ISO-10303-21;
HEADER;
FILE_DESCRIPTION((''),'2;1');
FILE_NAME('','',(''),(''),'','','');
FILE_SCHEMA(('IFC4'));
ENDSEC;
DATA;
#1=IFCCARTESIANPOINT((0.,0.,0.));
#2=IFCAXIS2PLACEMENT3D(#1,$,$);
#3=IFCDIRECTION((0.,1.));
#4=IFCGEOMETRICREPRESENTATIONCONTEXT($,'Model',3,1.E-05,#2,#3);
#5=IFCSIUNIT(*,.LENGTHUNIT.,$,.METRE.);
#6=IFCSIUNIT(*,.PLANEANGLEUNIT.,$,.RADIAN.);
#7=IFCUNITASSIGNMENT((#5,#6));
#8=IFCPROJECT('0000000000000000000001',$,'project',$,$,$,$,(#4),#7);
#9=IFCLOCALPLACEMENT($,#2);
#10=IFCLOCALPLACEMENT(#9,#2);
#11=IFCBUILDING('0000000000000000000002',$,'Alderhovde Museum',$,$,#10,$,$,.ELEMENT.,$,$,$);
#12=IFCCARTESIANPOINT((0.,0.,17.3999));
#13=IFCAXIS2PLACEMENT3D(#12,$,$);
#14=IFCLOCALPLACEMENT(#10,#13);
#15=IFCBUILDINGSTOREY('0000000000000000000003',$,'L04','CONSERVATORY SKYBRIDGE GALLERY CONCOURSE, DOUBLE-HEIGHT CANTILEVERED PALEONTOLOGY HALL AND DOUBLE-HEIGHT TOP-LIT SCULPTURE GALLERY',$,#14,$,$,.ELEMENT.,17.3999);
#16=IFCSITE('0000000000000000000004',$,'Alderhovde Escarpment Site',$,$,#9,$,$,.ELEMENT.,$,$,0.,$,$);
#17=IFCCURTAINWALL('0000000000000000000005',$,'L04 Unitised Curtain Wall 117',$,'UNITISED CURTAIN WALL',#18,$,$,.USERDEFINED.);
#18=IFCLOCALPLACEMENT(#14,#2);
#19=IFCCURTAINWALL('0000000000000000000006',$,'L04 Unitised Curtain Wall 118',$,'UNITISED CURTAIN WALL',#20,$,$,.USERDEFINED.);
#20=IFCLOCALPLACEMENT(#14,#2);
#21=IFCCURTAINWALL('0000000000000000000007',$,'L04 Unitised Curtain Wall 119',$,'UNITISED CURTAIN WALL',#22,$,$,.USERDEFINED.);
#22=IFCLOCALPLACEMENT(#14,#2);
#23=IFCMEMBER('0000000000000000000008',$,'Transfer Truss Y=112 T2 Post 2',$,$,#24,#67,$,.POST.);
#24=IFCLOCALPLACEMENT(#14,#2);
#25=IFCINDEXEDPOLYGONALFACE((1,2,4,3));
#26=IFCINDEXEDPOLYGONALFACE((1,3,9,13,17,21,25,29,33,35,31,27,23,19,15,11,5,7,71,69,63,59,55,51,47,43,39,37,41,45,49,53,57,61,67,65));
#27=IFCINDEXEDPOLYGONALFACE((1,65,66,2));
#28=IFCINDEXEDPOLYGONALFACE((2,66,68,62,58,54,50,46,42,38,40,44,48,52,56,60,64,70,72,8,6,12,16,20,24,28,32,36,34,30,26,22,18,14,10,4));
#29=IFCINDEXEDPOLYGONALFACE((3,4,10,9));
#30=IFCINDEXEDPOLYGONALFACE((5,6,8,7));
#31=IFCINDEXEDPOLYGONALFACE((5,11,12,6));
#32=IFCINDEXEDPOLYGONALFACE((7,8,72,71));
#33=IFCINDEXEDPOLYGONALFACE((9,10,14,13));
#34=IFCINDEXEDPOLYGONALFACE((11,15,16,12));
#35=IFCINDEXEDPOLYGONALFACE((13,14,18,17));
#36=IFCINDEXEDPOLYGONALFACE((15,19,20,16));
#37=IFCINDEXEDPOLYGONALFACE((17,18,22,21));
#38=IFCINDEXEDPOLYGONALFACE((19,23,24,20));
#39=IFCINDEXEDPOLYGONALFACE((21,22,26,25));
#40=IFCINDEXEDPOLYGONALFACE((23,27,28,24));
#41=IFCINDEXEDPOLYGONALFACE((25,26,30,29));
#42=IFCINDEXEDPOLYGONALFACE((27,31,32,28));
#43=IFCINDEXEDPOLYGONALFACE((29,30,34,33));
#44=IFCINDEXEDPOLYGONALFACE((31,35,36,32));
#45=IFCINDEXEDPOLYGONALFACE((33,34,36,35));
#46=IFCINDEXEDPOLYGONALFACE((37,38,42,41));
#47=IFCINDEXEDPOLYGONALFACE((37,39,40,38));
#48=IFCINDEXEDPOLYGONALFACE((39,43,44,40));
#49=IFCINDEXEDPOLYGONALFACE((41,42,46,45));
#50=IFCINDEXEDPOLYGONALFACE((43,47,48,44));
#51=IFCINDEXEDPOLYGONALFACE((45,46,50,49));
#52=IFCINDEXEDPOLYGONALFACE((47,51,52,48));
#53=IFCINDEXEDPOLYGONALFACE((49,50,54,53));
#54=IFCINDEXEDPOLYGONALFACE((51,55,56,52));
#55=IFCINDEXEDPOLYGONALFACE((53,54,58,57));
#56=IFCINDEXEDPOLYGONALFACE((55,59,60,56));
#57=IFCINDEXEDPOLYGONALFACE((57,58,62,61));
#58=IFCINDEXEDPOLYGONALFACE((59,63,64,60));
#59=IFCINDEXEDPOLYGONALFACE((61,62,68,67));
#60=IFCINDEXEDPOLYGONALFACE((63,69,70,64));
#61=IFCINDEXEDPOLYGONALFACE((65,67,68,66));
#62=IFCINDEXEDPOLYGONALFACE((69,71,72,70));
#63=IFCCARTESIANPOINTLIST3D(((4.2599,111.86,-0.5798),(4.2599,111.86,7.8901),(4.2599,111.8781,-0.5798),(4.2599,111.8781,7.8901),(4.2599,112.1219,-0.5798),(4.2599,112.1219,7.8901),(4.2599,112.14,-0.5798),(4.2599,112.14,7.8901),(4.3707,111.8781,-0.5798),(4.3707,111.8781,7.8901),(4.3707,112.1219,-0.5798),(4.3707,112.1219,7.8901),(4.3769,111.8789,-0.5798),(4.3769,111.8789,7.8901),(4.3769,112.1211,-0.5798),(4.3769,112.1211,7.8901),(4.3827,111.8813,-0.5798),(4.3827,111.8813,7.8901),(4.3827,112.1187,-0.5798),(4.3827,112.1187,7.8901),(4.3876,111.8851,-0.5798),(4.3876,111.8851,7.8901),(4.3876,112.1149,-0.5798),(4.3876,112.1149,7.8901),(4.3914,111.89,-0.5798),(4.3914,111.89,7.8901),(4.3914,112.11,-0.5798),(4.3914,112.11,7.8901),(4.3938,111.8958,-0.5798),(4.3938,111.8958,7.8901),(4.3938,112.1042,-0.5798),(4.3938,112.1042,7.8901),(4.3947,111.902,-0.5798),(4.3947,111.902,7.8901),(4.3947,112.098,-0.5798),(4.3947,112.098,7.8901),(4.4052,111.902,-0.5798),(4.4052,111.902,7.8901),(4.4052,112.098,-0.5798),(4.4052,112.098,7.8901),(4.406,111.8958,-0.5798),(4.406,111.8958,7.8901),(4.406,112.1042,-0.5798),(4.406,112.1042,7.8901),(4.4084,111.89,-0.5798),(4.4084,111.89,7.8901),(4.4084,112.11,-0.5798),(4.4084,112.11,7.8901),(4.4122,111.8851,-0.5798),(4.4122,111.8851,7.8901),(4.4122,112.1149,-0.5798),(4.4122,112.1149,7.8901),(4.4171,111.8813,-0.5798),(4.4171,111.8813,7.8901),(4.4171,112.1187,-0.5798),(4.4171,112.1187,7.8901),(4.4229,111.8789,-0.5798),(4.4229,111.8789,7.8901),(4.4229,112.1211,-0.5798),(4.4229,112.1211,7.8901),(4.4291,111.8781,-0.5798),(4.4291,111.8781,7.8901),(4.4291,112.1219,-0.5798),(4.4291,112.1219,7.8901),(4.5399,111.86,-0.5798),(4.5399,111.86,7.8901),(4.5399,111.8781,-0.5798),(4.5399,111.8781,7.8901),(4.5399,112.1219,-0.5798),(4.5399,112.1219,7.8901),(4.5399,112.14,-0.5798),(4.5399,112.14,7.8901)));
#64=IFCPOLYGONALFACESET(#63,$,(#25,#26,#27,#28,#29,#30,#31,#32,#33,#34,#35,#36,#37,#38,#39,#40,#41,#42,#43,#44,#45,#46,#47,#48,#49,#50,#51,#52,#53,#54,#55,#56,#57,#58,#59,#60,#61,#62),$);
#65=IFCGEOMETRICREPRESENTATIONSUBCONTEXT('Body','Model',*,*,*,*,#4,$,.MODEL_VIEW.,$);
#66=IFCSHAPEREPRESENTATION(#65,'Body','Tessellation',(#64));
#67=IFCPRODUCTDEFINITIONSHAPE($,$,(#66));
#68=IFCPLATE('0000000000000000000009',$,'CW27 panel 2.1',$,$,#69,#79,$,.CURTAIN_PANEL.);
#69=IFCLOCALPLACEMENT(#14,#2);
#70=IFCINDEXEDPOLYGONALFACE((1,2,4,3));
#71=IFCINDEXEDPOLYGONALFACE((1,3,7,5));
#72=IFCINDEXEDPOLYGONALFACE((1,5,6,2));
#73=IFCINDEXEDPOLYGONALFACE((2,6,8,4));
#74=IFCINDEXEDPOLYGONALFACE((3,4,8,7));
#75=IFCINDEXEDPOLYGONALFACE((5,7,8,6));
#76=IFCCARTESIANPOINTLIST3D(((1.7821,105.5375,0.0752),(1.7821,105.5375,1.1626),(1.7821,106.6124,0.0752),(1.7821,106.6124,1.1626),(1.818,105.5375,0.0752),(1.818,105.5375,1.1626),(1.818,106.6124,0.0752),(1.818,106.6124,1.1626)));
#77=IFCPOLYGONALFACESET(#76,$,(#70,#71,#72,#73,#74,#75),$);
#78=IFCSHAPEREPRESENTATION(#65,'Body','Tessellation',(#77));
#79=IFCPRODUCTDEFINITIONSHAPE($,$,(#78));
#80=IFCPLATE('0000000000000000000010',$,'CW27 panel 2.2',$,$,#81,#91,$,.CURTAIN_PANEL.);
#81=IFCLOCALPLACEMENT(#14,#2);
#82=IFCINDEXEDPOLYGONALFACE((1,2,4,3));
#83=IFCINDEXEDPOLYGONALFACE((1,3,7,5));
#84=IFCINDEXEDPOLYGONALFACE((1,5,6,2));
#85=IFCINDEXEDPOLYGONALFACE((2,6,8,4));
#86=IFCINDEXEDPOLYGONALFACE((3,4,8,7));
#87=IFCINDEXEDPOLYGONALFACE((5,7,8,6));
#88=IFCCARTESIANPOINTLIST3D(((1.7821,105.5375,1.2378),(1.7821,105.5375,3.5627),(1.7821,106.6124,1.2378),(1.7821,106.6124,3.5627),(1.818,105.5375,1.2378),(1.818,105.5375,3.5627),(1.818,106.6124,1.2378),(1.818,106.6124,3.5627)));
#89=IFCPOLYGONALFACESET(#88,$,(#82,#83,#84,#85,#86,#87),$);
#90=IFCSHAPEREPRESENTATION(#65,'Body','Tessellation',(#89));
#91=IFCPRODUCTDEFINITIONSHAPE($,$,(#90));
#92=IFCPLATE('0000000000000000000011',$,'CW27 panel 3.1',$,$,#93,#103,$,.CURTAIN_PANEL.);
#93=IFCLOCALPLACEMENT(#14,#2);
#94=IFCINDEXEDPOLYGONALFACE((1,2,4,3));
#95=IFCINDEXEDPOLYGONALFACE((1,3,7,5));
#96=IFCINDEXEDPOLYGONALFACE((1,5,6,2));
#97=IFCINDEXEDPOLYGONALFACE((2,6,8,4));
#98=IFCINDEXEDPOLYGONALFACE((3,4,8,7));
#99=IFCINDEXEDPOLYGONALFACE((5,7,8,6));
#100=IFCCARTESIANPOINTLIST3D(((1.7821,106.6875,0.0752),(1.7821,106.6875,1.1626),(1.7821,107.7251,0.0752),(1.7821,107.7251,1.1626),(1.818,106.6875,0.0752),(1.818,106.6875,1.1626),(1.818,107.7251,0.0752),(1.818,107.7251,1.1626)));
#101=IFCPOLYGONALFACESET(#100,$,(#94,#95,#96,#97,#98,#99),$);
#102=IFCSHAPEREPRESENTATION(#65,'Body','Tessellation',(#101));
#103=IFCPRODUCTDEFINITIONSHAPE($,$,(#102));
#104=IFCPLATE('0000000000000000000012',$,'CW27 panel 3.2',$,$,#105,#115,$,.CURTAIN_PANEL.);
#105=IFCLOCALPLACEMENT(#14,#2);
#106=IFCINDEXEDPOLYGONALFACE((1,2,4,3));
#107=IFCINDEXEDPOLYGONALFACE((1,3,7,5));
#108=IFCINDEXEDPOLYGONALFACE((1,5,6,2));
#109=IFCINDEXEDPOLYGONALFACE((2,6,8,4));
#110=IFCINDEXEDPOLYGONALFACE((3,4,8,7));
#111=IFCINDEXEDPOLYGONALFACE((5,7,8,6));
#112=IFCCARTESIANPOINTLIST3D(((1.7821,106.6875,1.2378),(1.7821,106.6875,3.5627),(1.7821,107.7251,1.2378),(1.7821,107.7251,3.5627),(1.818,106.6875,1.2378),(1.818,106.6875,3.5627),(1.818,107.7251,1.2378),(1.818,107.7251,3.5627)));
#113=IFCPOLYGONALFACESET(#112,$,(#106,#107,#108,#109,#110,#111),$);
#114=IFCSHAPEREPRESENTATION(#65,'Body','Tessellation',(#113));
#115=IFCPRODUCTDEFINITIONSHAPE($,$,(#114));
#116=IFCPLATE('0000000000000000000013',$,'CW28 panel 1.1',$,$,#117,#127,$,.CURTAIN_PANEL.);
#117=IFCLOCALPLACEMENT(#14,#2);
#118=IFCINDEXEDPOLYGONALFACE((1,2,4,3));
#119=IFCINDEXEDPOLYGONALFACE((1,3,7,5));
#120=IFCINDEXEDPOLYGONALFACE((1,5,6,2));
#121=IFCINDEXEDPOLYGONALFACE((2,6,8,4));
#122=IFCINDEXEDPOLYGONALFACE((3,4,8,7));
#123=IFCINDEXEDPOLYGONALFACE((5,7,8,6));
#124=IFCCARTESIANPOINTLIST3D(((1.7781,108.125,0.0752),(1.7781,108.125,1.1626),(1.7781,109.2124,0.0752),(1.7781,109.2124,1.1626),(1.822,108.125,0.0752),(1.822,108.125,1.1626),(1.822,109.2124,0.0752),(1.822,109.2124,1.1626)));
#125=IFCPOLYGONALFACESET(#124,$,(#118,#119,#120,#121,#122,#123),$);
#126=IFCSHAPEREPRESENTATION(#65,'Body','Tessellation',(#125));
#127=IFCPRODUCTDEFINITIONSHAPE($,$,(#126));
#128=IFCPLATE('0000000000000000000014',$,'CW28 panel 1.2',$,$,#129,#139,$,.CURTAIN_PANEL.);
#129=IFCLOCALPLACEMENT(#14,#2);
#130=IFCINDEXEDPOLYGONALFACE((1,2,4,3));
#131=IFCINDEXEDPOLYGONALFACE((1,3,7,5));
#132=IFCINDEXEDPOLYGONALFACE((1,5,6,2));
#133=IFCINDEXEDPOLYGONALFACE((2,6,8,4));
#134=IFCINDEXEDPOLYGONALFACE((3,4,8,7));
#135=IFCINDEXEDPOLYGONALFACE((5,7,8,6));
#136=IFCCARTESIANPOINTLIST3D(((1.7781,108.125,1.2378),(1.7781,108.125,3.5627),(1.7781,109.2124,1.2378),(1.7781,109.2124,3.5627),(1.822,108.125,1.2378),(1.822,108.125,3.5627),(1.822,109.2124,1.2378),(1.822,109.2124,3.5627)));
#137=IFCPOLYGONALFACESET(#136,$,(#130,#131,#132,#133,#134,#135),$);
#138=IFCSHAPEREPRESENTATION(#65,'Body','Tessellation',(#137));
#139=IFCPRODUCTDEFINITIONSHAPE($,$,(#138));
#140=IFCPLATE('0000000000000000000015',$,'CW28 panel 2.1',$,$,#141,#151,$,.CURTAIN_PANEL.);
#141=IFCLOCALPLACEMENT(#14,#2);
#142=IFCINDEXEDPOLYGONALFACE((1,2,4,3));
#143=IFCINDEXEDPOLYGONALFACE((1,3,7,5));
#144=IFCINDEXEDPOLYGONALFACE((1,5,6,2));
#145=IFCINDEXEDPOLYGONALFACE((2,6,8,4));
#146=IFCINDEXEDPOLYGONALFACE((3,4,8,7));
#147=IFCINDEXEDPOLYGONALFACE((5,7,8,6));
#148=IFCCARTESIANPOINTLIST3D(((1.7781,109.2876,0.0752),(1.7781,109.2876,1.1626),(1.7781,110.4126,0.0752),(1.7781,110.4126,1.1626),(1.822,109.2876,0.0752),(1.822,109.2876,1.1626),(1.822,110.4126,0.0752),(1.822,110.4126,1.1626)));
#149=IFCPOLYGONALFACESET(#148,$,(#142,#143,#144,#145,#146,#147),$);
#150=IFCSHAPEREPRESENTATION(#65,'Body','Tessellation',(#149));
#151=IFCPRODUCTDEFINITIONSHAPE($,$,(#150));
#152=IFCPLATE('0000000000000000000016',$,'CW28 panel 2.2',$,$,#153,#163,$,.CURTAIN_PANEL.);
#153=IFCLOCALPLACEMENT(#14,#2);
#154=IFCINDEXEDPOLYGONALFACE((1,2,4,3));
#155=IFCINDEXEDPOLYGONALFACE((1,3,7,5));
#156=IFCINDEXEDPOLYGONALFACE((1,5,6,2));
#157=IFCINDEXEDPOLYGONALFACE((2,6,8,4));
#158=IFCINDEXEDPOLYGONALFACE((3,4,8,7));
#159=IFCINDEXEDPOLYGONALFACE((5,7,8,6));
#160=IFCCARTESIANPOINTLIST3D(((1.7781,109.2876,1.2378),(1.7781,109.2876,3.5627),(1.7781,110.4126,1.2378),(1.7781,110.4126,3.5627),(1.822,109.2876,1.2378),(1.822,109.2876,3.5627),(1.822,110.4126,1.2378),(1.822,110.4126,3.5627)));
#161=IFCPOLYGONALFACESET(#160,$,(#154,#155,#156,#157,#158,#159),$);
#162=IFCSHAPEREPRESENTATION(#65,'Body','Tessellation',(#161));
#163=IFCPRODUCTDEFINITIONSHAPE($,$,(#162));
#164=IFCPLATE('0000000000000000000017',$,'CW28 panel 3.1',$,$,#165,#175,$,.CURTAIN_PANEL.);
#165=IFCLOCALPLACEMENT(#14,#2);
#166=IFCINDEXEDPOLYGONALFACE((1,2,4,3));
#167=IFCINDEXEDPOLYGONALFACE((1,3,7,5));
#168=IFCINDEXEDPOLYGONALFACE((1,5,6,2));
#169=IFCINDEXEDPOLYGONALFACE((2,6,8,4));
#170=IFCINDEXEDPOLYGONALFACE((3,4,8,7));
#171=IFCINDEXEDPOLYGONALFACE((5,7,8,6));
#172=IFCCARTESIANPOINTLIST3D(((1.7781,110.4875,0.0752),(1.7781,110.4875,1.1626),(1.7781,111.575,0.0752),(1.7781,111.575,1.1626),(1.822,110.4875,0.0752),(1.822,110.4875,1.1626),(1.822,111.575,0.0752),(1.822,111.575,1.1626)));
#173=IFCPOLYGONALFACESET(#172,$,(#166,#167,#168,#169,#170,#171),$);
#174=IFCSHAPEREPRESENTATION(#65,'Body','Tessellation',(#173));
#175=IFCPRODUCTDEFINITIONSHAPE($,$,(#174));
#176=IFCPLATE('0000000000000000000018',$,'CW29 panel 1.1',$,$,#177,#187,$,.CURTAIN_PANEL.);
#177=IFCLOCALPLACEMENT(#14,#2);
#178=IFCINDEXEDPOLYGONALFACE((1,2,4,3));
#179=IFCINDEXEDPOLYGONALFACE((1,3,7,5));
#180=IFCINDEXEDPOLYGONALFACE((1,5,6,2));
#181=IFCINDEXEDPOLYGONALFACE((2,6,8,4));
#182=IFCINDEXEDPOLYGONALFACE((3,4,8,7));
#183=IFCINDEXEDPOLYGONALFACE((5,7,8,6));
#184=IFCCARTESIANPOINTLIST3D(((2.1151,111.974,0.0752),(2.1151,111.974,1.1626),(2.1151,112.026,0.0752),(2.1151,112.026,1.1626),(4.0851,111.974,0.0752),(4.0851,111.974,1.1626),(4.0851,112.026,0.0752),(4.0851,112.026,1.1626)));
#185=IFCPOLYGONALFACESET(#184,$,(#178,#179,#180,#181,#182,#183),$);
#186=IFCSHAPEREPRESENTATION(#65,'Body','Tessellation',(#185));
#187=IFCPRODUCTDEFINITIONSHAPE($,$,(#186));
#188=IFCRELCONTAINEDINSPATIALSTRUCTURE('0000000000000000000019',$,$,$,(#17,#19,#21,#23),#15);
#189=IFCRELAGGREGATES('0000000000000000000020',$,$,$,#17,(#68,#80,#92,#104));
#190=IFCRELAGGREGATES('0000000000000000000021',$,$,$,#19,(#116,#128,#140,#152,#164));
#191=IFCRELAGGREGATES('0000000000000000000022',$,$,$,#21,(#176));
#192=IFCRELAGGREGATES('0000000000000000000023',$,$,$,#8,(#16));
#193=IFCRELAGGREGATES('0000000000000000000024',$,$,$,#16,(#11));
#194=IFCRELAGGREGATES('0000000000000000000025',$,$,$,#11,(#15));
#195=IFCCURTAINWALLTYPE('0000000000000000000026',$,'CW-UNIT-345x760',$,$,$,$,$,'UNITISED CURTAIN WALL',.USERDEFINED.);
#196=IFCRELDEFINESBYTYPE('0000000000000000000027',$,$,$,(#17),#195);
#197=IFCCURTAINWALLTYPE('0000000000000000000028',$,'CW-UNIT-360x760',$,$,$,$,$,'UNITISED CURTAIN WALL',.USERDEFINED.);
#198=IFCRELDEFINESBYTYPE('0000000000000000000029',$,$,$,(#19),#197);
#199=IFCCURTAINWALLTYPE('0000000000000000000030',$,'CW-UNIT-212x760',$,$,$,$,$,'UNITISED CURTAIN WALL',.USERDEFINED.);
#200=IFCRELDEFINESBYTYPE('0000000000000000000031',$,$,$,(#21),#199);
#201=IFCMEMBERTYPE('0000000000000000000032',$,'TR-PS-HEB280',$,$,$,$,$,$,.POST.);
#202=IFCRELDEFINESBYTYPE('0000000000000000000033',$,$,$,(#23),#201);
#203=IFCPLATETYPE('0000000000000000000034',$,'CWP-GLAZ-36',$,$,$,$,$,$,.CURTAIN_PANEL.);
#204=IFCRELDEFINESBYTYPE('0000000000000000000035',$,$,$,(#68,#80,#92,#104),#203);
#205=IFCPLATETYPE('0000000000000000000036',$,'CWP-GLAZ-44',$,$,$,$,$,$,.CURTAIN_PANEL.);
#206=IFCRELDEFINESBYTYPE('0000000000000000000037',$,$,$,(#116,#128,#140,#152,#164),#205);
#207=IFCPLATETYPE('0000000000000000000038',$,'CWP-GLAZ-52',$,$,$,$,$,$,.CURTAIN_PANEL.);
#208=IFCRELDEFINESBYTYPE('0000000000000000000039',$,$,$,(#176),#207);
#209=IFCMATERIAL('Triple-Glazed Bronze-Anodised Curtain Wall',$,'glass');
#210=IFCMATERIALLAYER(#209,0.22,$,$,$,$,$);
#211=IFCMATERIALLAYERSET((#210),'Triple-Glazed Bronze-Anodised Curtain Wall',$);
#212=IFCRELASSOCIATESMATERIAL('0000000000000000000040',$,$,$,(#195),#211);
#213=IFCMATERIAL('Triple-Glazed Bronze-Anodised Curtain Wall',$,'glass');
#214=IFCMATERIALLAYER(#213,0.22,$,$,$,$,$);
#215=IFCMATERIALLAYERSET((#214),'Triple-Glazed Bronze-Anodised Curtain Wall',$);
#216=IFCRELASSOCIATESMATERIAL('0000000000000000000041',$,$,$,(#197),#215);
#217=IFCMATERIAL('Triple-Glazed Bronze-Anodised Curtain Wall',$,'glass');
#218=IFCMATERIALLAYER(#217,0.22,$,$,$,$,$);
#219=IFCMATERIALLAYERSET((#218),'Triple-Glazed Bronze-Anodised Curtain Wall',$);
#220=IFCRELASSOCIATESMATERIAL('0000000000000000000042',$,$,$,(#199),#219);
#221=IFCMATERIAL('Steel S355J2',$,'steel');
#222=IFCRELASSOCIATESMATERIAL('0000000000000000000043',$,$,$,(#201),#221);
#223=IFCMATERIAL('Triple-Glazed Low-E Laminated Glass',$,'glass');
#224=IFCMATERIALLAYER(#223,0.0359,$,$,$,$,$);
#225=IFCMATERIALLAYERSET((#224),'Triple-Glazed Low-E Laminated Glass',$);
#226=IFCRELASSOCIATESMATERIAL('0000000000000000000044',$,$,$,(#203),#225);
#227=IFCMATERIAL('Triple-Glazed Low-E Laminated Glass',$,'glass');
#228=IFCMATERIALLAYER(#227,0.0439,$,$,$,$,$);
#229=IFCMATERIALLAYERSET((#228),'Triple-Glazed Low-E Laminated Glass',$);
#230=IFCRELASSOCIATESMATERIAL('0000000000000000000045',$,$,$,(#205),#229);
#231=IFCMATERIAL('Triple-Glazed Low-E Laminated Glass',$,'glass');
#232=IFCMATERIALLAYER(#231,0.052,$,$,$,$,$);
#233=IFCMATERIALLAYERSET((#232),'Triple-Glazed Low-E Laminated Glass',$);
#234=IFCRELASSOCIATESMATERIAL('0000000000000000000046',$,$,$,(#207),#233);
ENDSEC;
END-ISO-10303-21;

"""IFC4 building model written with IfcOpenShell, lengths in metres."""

from ifc_helpers import new_model, si_unit, direction, frame, origin, origin_2d, place, context, subcontext, project, spatial, rectangle, i_section, extrude, material, layer, layer_set, material_profile, profile_set, type_object, element, aggregate, save


model = new_model("IFC4")

# Units and contexts
model_context = context("Model", 3, precision=1e-05, world=origin(), true_north=direction((0.0, 1.0)))
body_context = subcontext(model_context, "Body", "Model", "MODEL_VIEW")
ifc_project = project(units=[si_unit("LENGTHUNIT", "METRE"), si_unit("PLANEANGLEUNIT", "RADIAN")], contexts=[model_context])

# Site, building, storey
site_placement = place(None, origin())
site = spatial("IfcSite", under=ifc_project, at=site_placement, Name="Alderhovde Escarpment Site", CompositionType="ELEMENT", RefElevation=0.0)
building_placement = place(site_placement, origin())
building = spatial("IfcBuilding", under=site, at=building_placement, Name="Alderhovde Museum", CompositionType="ELEMENT")
storey_placement = place(building_placement, frame((0.0, 0.0, 17.3999)))
storey = spatial("IfcBuildingStorey", under=building, at=storey_placement, Name="L04", Description="CONSERVATORY SKYBRIDGE GALLERY CONCOURSE, DOUBLE-HEIGHT CANTILEVERED PALEONTOLOGY HALL AND DOUBLE-HEIGHT TOP-LIT SCULPTURE GALLERY", CompositionType="ELEMENT", Elevation=17.3999)

# Curtain walls
ifc_material_1 = material(Name="Triple-Glazed Bronze-Anodised Curtain Wall", Category="glass")
ifc_layer_1 = layer(ifc_material_1, 0.22)
ifc_layer_set_1 = layer_set([ifc_layer_1], Name="Triple-Glazed Bronze-Anodised Curtain Wall")
curtain_wall_type_1 = type_object("IfcCurtainWallType", Name="CW-UNIT-345x760", ElementType="UNITISED CURTAIN WALL", PredefinedType="USERDEFINED", material=ifc_layer_set_1)
curtain_wall_1_placement = place(storey_placement, origin())
curtain_wall_1 = element("IfcCurtainWall", 1, at=curtain_wall_1_placement, inside=storey, type_object=curtain_wall_type_1, Name="L04 Unitised Curtain Wall 117", ObjectType="UNITISED CURTAIN WALL", PredefinedType="USERDEFINED")
ifc_material_2 = material(Name="Triple-Glazed Bronze-Anodised Curtain Wall", Category="glass")
ifc_layer_2 = layer(ifc_material_2, 0.22)
ifc_layer_set_2 = layer_set([ifc_layer_2], Name="Triple-Glazed Bronze-Anodised Curtain Wall")
curtain_wall_type_2 = type_object("IfcCurtainWallType", Name="CW-UNIT-360x760", ElementType="UNITISED CURTAIN WALL", PredefinedType="USERDEFINED", material=ifc_layer_set_2)
curtain_wall_2_placement = place(storey_placement, origin())
curtain_wall_2 = element("IfcCurtainWall", 2, at=curtain_wall_2_placement, inside=storey, type_object=curtain_wall_type_2, Name="L04 Unitised Curtain Wall 118", ObjectType="UNITISED CURTAIN WALL", PredefinedType="USERDEFINED")
ifc_material_3 = material(Name="Triple-Glazed Bronze-Anodised Curtain Wall", Category="glass")
ifc_layer_3 = layer(ifc_material_3, 0.22)
ifc_layer_set_3 = layer_set([ifc_layer_3], Name="Triple-Glazed Bronze-Anodised Curtain Wall")
curtain_wall_type_3 = type_object("IfcCurtainWallType", Name="CW-UNIT-212x760", ElementType="UNITISED CURTAIN WALL", PredefinedType="USERDEFINED", material=ifc_layer_set_3)
curtain_wall_3_placement = place(storey_placement, origin())
curtain_wall_3 = element("IfcCurtainWall", 3, at=curtain_wall_3_placement, inside=storey, type_object=curtain_wall_type_3, Name="L04 Unitised Curtain Wall 119", ObjectType="UNITISED CURTAIN WALL", PredefinedType="USERDEFINED")

# Member
ifc_material_4 = material(Name="Steel S355J2", Category="steel")
ifc_material_profile_1 = material_profile(ifc_material_4, i_section(OverallWidth=0.28, OverallDepth=0.28, WebThickness=0.0105, FlangeThickness=0.0181, FilletRadius=0.0239, at=origin_2d()), Name="HEB 280")
ifc_profile_set_1 = profile_set([ifc_material_profile_1], Name="Steel S355J2")
member_type_1 = type_object("IfcMemberType", Name="TR-PS-HEB280", PredefinedType="POST", material=ifc_profile_set_1)
for number, where, z_axis, x_axis, name in (
    (4, (4.3999, 112.0, -0.5798), (0.0, 0.0, 1.0), (1.0, 0.0, 0.0), "Transfer Truss Y=112 T2 Post 2"),
):
    element("IfcMember", number, at=place(storey_placement, frame(where, z_axis=z_axis, x_axis=x_axis)), inside=storey, type_object=member_type_1, Name=name, PredefinedType="POST", context=body_context, shape_type="SweptSolid", body=[
        extrude(i_section(OverallWidth=0.28, OverallDepth=0.28, WebThickness=0.0105, FlangeThickness=0.0181, FilletRadius=0.0239, at=origin_2d()), origin(), (0.0, 0.0, 1.0), 8.47),
    ])

# Plates
ifc_material_5 = material(Name="Triple-Glazed Low-E Laminated Glass", Category="glass")
ifc_layer_4 = layer(ifc_material_5, 0.0359)
ifc_layer_set_4 = layer_set([ifc_layer_4], Name="Triple-Glazed Low-E Laminated Glass")
plate_type_1 = type_object("IfcPlateType", Name="CWP-GLAZ-36", PredefinedType="CURTAIN_PANEL", material=ifc_layer_set_4)
plate_1_placement = place(storey_placement, frame((1.8, 106.075, 0.0752), z_axis=(0.0, 0.0, 1.0), x_axis=(0.0, 1.0, 0.0)))
plate_1 = element("IfcPlate", 5, at=plate_1_placement, type_object=plate_type_1, Name="CW27 panel 2.1", PredefinedType="CURTAIN_PANEL", context=body_context, shape_type="SweptSolid", body=[
    extrude(rectangle(XDim=1.075, YDim=0.0359, at=origin_2d()), origin(), (0.0, 0.0, 1.0), 1.0874),
])
plate_2_placement = place(storey_placement, frame((1.8, 106.075, 1.2378), z_axis=(0.0, 0.0, 1.0), x_axis=(0.0, 1.0, 0.0)))
plate_2 = element("IfcPlate", 6, at=plate_2_placement, type_object=plate_type_1, Name="CW27 panel 2.2", PredefinedType="CURTAIN_PANEL", context=body_context, shape_type="SweptSolid", body=[
    extrude(rectangle(XDim=1.075, YDim=0.0359, at=origin_2d()), origin(), (0.0, 0.0, 1.0), 2.325),
])
plate_3_placement = place(storey_placement, frame((1.8, 107.2063, 0.0752), z_axis=(0.0, 0.0, 1.0), x_axis=(0.0, 1.0, 0.0)))
plate_3 = element("IfcPlate", 7, at=plate_3_placement, type_object=plate_type_1, Name="CW27 panel 3.1", PredefinedType="CURTAIN_PANEL", context=body_context, shape_type="SweptSolid", body=[
    extrude(rectangle(XDim=1.0376, YDim=0.0359, at=origin_2d()), origin(), (0.0, 0.0, 1.0), 1.0874),
])
plate_4_placement = place(storey_placement, frame((1.8, 107.2063, 1.2378), z_axis=(0.0, 0.0, 1.0), x_axis=(0.0, 1.0, 0.0)))
plate_4 = element("IfcPlate", 8, at=plate_4_placement, type_object=plate_type_1, Name="CW27 panel 3.2", PredefinedType="CURTAIN_PANEL", context=body_context, shape_type="SweptSolid", body=[
    extrude(rectangle(XDim=1.0376, YDim=0.0359, at=origin_2d()), origin(), (0.0, 0.0, 1.0), 2.325),
])
aggregate(curtain_wall_1, [plate_1, plate_2, plate_3, plate_4])
ifc_material_6 = material(Name="Triple-Glazed Low-E Laminated Glass", Category="glass")
ifc_layer_5 = layer(ifc_material_6, 0.0439)
ifc_layer_set_5 = layer_set([ifc_layer_5], Name="Triple-Glazed Low-E Laminated Glass")
plate_type_2 = type_object("IfcPlateType", Name="CWP-GLAZ-44", PredefinedType="CURTAIN_PANEL", material=ifc_layer_set_5)
plate_5_placement = place(storey_placement, frame((1.8, 108.6687, 0.0752), z_axis=(0.0, 0.0, 1.0), x_axis=(0.0, 1.0, 0.0)))
plate_5 = element("IfcPlate", 9, at=plate_5_placement, type_object=plate_type_2, Name="CW28 panel 1.1", PredefinedType="CURTAIN_PANEL", context=body_context, shape_type="SweptSolid", body=[
    extrude(rectangle(XDim=1.0874, YDim=0.0439, at=origin_2d()), origin(), (0.0, 0.0, 1.0), 1.0874),
])
plate_6_placement = place(storey_placement, frame((1.8, 108.6687, 1.2378), z_axis=(0.0, 0.0, 1.0), x_axis=(0.0, 1.0, 0.0)))
plate_6 = element("IfcPlate", 10, at=plate_6_placement, type_object=plate_type_2, Name="CW28 panel 1.2", PredefinedType="CURTAIN_PANEL", context=body_context, shape_type="SweptSolid", body=[
    extrude(rectangle(XDim=1.0874, YDim=0.0439, at=origin_2d()), origin(), (0.0, 0.0, 1.0), 2.325),
])
plate_7_placement = place(storey_placement, frame((1.8, 109.8501, 0.0752), z_axis=(0.0, 0.0, 1.0), x_axis=(0.0, 1.0, 0.0)))
plate_7 = element("IfcPlate", 11, at=plate_7_placement, type_object=plate_type_2, Name="CW28 panel 2.1", PredefinedType="CURTAIN_PANEL", context=body_context, shape_type="SweptSolid", body=[
    extrude(rectangle(XDim=1.125, YDim=0.0439, at=origin_2d()), origin(), (0.0, 0.0, 1.0), 1.0874),
])
plate_8_placement = place(storey_placement, frame((1.8, 109.8501, 1.2378), z_axis=(0.0, 0.0, 1.0), x_axis=(0.0, 1.0, 0.0)))
plate_8 = element("IfcPlate", 12, at=plate_8_placement, type_object=plate_type_2, Name="CW28 panel 2.2", PredefinedType="CURTAIN_PANEL", context=body_context, shape_type="SweptSolid", body=[
    extrude(rectangle(XDim=1.125, YDim=0.0439, at=origin_2d()), origin(), (0.0, 0.0, 1.0), 2.325),
])
plate_9_placement = place(storey_placement, frame((1.8, 111.0312, 0.0752), z_axis=(0.0, 0.0, 1.0), x_axis=(0.0, 1.0, 0.0)))
plate_9 = element("IfcPlate", 13, at=plate_9_placement, type_object=plate_type_2, Name="CW28 panel 3.1", PredefinedType="CURTAIN_PANEL", context=body_context, shape_type="SweptSolid", body=[
    extrude(rectangle(XDim=1.0874, YDim=0.0439, at=origin_2d()), origin(), (0.0, 0.0, 1.0), 1.0874),
])
aggregate(curtain_wall_2, [plate_5, plate_6, plate_7, plate_8, plate_9])
ifc_material_7 = material(Name="Triple-Glazed Low-E Laminated Glass", Category="glass")
ifc_layer_6 = layer(ifc_material_7, 0.052)
ifc_layer_set_6 = layer_set([ifc_layer_6], Name="Triple-Glazed Low-E Laminated Glass")
plate_type_3 = type_object("IfcPlateType", Name="CWP-GLAZ-52", PredefinedType="CURTAIN_PANEL", material=ifc_layer_set_6)
plate_10_placement = place(storey_placement, frame((3.1001, 112.0, 0.0752), z_axis=(0.0, 0.0, 1.0), x_axis=(1.0, 0.0, 0.0)))
plate_10 = element("IfcPlate", 14, at=plate_10_placement, type_object=plate_type_3, Name="CW29 panel 1.1", PredefinedType="CURTAIN_PANEL", context=body_context, shape_type="SweptSolid", body=[
    extrude(rectangle(XDim=1.97, YDim=0.052, at=origin_2d()), origin(), (0.0, 0.0, 1.0), 1.0874),
])
aggregate(curtain_wall_3, [plate_10])

save(model, "model.ifc")
